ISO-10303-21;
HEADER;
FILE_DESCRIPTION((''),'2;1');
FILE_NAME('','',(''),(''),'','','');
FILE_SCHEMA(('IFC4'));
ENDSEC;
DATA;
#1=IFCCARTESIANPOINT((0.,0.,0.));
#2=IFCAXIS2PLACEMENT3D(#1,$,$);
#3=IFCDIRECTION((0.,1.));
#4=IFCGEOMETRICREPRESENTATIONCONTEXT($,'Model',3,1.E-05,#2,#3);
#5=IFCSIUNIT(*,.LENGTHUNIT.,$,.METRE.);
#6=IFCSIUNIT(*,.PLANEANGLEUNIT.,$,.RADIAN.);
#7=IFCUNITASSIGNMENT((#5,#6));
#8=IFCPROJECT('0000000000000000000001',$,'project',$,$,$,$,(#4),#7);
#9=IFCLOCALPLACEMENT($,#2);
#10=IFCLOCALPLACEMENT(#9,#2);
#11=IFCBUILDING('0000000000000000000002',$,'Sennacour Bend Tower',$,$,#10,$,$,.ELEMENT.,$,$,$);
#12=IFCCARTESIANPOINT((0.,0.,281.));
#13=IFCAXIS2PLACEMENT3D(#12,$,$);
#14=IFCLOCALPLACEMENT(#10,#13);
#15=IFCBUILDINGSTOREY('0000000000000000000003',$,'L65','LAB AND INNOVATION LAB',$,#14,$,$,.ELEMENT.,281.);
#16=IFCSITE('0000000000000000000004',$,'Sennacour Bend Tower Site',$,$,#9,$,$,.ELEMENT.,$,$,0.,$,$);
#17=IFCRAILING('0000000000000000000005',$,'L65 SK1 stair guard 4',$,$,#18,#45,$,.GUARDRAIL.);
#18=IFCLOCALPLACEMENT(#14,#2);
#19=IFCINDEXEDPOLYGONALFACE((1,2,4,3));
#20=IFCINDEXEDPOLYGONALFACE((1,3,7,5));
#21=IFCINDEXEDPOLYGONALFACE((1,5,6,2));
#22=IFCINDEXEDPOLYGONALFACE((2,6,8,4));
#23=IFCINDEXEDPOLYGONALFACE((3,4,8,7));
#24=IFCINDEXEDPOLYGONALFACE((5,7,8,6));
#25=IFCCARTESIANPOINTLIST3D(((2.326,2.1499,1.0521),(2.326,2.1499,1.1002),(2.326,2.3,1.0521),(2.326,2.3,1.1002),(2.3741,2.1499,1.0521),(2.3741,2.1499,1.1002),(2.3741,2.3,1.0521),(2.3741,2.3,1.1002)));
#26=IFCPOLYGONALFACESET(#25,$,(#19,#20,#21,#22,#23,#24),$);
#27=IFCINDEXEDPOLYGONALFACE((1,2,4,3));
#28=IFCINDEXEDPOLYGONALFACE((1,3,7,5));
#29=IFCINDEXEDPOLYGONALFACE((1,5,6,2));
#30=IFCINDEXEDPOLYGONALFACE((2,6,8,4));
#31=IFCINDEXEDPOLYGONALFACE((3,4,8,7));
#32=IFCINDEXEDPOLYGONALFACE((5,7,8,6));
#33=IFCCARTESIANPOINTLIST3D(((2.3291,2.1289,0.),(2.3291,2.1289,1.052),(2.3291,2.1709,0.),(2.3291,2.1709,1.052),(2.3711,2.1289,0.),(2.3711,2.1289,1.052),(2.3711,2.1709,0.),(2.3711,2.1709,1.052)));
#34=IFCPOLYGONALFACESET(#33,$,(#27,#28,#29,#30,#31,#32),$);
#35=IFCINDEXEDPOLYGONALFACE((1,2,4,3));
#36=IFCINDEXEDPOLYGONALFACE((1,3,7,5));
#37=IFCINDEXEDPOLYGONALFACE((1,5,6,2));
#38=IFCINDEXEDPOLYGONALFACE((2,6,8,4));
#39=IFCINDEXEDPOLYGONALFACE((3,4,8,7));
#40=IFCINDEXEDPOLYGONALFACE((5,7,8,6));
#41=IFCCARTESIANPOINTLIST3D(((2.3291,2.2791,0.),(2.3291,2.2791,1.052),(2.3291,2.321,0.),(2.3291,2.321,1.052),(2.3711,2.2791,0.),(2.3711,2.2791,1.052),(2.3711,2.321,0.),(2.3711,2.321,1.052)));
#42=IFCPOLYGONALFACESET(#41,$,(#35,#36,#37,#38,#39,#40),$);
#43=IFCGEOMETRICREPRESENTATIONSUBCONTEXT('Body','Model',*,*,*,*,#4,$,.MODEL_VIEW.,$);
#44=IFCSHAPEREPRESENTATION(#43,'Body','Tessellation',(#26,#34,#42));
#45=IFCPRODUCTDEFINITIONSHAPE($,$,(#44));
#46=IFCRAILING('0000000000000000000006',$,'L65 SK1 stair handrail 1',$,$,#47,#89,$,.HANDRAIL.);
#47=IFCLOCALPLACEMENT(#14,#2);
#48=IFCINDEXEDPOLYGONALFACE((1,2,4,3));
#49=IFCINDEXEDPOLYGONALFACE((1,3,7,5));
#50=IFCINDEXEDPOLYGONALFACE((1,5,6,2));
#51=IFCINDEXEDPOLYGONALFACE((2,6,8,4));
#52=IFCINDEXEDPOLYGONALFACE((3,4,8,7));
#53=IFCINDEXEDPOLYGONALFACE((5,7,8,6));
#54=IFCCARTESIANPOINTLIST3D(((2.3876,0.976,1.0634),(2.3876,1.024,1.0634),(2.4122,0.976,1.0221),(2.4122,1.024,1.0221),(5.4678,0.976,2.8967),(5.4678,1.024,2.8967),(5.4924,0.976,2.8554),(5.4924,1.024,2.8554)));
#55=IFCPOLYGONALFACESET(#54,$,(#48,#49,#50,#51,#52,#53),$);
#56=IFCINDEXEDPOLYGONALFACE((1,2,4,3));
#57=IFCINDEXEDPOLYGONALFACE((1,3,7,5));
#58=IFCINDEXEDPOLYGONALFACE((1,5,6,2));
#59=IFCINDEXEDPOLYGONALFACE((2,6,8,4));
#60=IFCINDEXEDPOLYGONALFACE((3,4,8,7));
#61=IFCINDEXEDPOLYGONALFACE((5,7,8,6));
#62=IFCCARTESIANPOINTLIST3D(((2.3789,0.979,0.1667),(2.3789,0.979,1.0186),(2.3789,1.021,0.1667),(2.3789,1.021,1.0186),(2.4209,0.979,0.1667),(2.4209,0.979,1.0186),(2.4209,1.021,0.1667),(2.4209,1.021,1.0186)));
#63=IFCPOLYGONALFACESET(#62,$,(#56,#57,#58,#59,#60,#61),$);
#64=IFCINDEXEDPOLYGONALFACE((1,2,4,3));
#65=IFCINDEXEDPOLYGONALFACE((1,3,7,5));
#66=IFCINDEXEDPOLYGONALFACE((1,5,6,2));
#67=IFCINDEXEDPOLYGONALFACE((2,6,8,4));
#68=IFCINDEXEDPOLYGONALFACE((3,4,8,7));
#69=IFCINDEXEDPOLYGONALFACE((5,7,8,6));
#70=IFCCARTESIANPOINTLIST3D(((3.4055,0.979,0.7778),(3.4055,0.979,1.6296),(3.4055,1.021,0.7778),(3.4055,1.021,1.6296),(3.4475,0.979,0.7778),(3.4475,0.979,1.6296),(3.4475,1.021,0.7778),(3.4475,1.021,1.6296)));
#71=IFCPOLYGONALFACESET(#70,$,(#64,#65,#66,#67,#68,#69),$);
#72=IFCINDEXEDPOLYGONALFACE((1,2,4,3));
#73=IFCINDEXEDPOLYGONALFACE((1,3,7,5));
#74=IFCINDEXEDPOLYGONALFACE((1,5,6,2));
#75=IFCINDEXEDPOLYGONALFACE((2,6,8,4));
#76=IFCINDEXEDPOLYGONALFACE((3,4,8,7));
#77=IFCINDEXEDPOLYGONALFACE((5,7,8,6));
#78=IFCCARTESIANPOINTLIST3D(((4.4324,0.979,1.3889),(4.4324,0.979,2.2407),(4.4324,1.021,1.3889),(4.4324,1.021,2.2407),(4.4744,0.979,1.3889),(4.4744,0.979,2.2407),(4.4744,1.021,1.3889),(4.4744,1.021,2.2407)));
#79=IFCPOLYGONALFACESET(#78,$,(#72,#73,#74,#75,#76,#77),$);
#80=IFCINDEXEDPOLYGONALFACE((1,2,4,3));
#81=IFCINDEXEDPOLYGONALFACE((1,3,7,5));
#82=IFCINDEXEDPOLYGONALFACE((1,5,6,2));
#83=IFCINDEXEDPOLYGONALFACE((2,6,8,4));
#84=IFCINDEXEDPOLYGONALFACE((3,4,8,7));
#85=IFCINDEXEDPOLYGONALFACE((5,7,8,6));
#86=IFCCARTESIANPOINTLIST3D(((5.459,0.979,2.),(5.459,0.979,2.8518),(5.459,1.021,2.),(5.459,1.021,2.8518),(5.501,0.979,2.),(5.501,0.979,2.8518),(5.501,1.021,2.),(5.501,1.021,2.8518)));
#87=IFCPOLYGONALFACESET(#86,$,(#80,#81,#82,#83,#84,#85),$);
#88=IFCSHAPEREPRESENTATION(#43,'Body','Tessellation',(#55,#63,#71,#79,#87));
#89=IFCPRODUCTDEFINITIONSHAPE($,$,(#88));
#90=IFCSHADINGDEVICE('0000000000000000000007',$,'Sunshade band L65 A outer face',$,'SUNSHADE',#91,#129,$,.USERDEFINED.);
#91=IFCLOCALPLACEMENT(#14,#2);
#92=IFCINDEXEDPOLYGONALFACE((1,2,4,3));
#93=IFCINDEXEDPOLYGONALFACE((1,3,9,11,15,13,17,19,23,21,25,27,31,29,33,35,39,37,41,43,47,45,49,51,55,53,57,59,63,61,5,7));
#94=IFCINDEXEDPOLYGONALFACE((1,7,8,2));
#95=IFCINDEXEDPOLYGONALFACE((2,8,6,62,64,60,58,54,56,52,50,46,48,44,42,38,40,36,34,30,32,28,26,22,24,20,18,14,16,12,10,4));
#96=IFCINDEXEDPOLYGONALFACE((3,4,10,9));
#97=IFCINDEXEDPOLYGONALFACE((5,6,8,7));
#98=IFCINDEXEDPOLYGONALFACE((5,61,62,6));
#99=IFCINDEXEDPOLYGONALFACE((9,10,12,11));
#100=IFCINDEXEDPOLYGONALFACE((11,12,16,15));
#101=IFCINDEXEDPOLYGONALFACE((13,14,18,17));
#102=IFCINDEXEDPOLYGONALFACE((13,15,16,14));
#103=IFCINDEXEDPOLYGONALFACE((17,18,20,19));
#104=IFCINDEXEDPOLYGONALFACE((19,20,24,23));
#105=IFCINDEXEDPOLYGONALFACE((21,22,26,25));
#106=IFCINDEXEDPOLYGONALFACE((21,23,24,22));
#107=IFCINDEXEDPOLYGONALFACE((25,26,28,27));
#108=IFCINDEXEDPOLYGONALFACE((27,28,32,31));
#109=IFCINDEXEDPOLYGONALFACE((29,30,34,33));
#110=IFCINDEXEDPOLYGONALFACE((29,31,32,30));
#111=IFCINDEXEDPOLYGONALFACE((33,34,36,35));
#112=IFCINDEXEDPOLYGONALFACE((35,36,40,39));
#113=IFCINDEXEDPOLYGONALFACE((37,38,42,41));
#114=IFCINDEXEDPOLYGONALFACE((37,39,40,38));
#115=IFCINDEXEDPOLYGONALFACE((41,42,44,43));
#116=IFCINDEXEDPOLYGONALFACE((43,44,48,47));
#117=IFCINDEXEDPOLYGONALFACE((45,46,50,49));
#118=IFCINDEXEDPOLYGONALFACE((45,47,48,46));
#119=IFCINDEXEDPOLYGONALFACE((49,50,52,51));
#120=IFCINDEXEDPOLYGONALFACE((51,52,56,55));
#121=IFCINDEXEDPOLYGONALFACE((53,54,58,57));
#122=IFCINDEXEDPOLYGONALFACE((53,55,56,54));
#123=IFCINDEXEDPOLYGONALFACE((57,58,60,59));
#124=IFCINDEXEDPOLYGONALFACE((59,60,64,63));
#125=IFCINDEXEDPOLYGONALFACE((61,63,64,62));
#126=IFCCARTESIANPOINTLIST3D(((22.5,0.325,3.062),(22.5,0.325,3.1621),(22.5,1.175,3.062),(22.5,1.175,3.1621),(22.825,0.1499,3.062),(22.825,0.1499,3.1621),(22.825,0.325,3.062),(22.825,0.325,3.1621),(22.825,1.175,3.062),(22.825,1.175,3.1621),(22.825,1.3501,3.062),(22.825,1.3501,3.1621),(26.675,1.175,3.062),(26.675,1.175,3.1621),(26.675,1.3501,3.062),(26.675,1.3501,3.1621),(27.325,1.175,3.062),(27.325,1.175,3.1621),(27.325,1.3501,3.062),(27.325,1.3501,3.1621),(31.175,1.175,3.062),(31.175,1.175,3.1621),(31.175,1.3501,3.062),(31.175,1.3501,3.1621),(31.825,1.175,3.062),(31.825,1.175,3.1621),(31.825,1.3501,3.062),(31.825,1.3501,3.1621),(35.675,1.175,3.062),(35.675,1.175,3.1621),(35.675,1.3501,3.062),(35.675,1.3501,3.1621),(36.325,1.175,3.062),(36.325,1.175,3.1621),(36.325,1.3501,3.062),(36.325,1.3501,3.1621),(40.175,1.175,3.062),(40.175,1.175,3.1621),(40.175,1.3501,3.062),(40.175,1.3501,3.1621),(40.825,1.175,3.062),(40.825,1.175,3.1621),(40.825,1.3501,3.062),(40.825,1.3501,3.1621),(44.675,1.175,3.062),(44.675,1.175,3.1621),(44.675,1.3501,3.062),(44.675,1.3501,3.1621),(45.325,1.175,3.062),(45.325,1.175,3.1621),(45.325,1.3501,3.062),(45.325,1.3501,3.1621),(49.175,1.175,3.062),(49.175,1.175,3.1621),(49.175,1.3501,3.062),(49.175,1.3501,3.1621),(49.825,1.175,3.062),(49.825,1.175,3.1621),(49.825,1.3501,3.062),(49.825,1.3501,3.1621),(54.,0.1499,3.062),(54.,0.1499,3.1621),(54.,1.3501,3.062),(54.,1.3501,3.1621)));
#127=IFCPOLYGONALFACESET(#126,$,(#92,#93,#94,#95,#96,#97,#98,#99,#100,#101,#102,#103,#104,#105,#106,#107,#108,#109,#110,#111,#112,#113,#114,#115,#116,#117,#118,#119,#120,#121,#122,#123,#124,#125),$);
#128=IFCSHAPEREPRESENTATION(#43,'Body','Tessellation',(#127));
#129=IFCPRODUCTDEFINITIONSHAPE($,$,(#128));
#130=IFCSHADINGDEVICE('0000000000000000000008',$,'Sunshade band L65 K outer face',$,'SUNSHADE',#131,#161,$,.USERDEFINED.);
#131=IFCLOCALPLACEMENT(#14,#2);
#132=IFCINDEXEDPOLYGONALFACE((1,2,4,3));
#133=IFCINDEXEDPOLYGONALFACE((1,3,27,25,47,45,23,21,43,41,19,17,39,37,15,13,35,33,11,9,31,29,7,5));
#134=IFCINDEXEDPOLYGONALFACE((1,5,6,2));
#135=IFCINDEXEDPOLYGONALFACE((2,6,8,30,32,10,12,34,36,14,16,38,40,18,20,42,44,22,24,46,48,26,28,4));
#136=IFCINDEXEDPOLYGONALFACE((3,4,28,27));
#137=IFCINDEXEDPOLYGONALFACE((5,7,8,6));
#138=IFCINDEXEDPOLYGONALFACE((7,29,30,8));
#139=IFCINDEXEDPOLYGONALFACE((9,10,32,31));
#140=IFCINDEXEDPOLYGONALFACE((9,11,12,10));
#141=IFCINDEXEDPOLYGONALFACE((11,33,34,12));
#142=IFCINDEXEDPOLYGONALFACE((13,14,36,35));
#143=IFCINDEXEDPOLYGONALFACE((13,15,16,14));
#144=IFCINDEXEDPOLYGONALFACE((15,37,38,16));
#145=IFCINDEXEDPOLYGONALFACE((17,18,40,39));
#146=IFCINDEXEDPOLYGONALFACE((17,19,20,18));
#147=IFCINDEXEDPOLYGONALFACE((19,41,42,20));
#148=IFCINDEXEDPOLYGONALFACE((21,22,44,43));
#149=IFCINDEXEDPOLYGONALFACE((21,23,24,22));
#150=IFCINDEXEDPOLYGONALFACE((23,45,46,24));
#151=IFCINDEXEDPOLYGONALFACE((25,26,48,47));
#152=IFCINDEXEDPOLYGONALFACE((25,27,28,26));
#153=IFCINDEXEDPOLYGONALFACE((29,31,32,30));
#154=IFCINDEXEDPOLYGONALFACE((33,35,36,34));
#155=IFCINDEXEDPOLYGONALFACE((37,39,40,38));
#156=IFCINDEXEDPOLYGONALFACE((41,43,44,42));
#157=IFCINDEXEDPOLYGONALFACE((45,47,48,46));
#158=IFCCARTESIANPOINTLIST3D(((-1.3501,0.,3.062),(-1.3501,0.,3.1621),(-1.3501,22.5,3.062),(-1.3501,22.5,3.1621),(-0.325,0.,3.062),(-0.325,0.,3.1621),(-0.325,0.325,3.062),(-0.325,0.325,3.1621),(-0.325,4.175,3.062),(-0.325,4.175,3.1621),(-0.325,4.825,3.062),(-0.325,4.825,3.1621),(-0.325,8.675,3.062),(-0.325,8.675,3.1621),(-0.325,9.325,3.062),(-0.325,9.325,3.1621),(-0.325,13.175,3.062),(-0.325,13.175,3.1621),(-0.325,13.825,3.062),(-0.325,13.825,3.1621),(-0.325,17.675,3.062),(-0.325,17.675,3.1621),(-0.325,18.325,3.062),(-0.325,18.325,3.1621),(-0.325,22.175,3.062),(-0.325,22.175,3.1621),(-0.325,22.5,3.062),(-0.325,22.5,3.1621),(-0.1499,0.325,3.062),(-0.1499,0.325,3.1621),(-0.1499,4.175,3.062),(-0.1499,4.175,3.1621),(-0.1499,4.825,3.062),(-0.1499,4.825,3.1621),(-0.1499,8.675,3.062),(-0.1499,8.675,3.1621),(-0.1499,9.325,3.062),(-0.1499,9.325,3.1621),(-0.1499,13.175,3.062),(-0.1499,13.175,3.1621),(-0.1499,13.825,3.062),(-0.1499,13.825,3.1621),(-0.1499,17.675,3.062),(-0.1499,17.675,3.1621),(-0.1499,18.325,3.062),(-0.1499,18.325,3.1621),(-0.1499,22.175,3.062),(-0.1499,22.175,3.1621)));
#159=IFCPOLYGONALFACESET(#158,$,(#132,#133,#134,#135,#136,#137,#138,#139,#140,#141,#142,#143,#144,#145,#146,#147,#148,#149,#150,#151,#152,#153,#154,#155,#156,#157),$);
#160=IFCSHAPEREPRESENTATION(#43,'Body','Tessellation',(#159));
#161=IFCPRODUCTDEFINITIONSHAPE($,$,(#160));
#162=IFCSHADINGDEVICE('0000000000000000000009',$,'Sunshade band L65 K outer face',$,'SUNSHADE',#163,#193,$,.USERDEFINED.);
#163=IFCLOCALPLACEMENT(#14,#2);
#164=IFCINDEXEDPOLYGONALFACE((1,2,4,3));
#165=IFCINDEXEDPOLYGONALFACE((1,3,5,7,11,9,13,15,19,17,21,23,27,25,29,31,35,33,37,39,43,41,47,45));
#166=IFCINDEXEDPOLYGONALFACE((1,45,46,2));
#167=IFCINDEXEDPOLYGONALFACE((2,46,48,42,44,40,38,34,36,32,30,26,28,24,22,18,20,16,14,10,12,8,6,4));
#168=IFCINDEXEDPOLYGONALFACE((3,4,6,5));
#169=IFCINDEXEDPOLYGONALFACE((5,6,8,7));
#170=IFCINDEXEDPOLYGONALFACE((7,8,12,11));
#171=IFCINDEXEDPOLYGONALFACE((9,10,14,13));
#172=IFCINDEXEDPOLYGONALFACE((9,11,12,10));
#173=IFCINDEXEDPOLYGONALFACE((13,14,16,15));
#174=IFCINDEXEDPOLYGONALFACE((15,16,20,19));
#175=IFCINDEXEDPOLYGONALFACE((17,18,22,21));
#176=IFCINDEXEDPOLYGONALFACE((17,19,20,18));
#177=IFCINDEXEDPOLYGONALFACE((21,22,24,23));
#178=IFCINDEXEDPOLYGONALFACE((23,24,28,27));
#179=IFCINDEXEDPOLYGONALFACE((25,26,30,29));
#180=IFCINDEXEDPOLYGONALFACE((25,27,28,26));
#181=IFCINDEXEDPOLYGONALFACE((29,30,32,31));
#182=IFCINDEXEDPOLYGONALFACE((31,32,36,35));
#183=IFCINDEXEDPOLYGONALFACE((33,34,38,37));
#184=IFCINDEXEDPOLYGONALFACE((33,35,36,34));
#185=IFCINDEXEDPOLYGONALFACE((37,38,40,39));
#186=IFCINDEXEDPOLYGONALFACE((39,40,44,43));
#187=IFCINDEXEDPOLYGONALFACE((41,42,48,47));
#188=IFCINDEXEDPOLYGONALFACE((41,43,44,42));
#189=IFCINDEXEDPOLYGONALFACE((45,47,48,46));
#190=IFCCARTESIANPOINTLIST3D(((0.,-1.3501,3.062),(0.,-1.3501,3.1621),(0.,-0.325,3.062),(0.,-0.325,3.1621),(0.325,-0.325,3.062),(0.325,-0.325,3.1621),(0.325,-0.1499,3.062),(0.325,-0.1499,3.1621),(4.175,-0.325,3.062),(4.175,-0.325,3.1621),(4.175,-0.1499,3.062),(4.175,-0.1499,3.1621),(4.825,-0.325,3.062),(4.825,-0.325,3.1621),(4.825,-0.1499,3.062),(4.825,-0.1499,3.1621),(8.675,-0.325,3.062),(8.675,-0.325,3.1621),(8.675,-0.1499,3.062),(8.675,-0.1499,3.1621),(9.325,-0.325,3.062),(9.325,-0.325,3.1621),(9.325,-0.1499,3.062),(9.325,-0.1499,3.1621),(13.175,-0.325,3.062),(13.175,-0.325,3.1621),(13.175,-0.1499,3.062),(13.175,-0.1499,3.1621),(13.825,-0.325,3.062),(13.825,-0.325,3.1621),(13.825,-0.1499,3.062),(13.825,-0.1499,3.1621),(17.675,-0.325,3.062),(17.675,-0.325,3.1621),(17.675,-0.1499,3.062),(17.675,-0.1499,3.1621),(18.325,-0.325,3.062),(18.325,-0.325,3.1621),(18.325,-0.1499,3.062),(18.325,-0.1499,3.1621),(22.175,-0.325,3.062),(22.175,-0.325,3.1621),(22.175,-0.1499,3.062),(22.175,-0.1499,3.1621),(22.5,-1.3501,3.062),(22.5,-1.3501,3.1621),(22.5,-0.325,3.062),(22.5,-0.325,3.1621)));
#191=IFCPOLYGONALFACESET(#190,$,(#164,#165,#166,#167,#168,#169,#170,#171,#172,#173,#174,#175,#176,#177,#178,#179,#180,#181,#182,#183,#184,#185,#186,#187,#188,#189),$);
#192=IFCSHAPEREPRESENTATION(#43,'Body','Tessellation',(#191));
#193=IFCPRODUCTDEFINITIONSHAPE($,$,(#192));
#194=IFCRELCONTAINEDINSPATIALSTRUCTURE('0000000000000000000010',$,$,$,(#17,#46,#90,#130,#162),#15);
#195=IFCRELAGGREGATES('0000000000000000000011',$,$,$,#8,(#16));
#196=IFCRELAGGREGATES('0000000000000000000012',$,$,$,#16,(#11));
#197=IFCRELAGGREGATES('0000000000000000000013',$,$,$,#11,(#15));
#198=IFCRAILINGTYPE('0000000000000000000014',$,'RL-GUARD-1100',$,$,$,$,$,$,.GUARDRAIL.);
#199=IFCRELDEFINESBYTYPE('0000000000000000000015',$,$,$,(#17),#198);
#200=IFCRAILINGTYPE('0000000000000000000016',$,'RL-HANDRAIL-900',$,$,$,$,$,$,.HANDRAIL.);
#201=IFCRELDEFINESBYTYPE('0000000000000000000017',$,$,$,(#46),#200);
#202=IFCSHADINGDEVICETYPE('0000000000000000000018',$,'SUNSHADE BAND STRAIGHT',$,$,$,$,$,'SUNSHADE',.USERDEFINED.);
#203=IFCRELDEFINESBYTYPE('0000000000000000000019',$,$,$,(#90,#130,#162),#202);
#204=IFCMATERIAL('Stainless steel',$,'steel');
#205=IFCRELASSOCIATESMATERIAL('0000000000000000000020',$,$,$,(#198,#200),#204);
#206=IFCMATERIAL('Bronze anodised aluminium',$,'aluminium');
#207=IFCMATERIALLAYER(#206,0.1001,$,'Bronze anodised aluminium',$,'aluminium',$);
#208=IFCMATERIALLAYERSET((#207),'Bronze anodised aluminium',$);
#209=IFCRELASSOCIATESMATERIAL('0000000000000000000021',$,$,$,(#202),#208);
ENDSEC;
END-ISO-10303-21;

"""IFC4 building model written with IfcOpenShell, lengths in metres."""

from ifc_helpers import new_model, si_unit, direction, frame, origin, origin_2d, place, context, subcontext, project, spatial, polyline, rectangle, outline, extrude, material, layer, layer_set, type_object, element, save


model = new_model("IFC4")

# Units and contexts
model_context = context("Model", 3, precision=1e-05, world=origin(), true_north=direction((0.0, 1.0)))
body_context = subcontext(model_context, "Body", "Model", "MODEL_VIEW")
ifc_project = project(units=[si_unit("LENGTHUNIT", "METRE"), si_unit("PLANEANGLEUNIT", "RADIAN")], contexts=[model_context])

# Site, building, storey
site_placement = place(None, origin())
site = spatial("IfcSite", under=ifc_project, at=site_placement, Name="Sennacour Bend Tower Site", CompositionType="ELEMENT", RefElevation=0.0)
building_placement = place(site_placement, origin())
building = spatial("IfcBuilding", under=site, at=building_placement, Name="Sennacour Bend Tower", CompositionType="ELEMENT")
storey_placement = place(building_placement, frame((0.0, 0.0, 281.0)))
storey = spatial("IfcBuildingStorey", under=building, at=storey_placement, Name="L65", Description="LAB AND INNOVATION LAB", CompositionType="ELEMENT", Elevation=281.0)

# Railings
ifc_material_1 = material(Name="Stainless steel", Category="steel")
railing_type_1 = type_object("IfcRailingType", Name="RL-GUARD-1100", PredefinedType="GUARDRAIL", material=ifc_material_1)
railing_1_placement = place(storey_placement, frame((2.3501, 2.1499, 0.0)))
element("IfcRailing", 1, at=railing_1_placement, inside=storey, type_object=railing_type_1, Name="L65 SK1 stair guard 4", PredefinedType="GUARDRAIL", context=body_context, shape_type="SweptSolid", body=[
    extrude(rectangle(XDim=0.0481, YDim=0.0481, at=origin_2d()), frame((0.0, 0.0, 1.0762), z_axis=(0.0, 1.0, 0.0), x_axis=(-1.0, 0.0, 0.0)), (0.0, 0.0, 1.0), 0.1501),
    extrude(rectangle(XDim=0.042, YDim=0.042, at=origin_2d()), origin(), (0.0, 0.0, 1.0), 1.052),
    extrude(rectangle(XDim=0.042, YDim=0.042, at=origin_2d()), frame((0.0, 0.1501, 0.0)), (0.0, 0.0, 1.0), 1.052),
])
railing_type_2 = type_object("IfcRailingType", Name="RL-HANDRAIL-900", PredefinedType="HANDRAIL", material=ifc_material_1)
railing_2_placement = place(storey_placement, frame((2.3999, 1.0, 0.1667)))
element("IfcRailing", 2, at=railing_2_placement, inside=storey, type_object=railing_type_2, Name="L65 SK1 stair handrail 1", PredefinedType="HANDRAIL", context=body_context, shape_type="SweptSolid", body=[
    extrude(rectangle(XDim=0.0481, YDim=0.0481, at=origin_2d()), frame((0.0, 0.0, 0.876), z_axis=(0.859309, 0.0, 0.511458), x_axis=(0.0, 1.0, 0.0)), (0.0, 0.0, 1.0), 3.5845),
    extrude(rectangle(XDim=0.042, YDim=0.042, at=origin_2d()), origin(), (0.0, 0.0, 1.0), 0.8518),
    extrude(rectangle(XDim=0.042, YDim=0.042, at=origin_2d()), frame((1.0266, 0.0, 0.6111)), (0.0, 0.0, 1.0), 0.8518),
    extrude(rectangle(XDim=0.042, YDim=0.042, at=origin_2d()), frame((2.0535, 0.0, 1.2222)), (0.0, 0.0, 1.0), 0.8518),
    extrude(rectangle(XDim=0.042, YDim=0.042, at=origin_2d()), frame((3.0801, 0.0, 1.8333)), (0.0, 0.0, 1.0), 0.8518),
])

# Shading devices
ifc_material_2 = material(Name="Bronze anodised aluminium", Category="aluminium")
ifc_layer_1 = layer(ifc_material_2, 0.1001, Name="Bronze anodised aluminium", Category="aluminium")
ifc_layer_set_1 = layer_set([ifc_layer_1], Name="Bronze anodised aluminium")
shading_device_type_1 = type_object("IfcShadingDeviceType", Name="SUNSHADE BAND STRAIGHT", ElementType="SUNSHADE", PredefinedType="USERDEFINED", material=ifc_layer_set_1)
shading_device_1_placement = place(storey_placement, frame((0.0, 0.0, 3.062)))
element("IfcShadingDevice", 3, at=shading_device_1_placement, inside=storey, type_object=shading_device_type_1, Name="Sunshade band L65 A outer face", ObjectType="SUNSHADE", PredefinedType="USERDEFINED", context=body_context, shape_type="SweptSolid", body=[
    extrude(outline(polyline([(26.675, 1.3501), (26.675, 1.175), (27.325, 1.175), (27.325, 1.3501), (31.175, 1.3501), (31.175, 1.175), (31.825, 1.175), (31.825, 1.3501), (35.675, 1.3501), (35.675, 1.175), (36.325, 1.175), (36.325, 1.3501), (40.175, 1.3501), (40.175, 1.175), (40.825, 1.175), (40.825, 1.3501), (44.675, 1.3501), (44.675, 1.175), (45.325, 1.175), (45.325, 1.3501), (49.175, 1.3501), (49.175, 1.175), (49.825, 1.175), (49.825, 1.3501), (54.0, 1.3501), (54.0, 0.1499), (22.825, 0.1499), (22.825, 0.325), (22.5, 0.325), (22.5, 1.175), (22.825, 1.175), (22.825, 1.3501), (26.675, 1.3501)])), origin(), (0.0, 0.0, 1.0), 0.1001),
])
shading_device_2_placement = place(storey_placement, frame((0.0, 0.0, 3.062)))
element("IfcShadingDevice", 4, at=shading_device_2_placement, inside=storey, type_object=shading_device_type_1, Name="Sunshade band L65 K outer face", ObjectType="SUNSHADE", PredefinedType="USERDEFINED", context=body_context, shape_type="SweptSolid", body=[
    extrude(outline(polyline([(-0.1499, 18.325), (-0.325, 18.325), (-0.325, 17.675), (-0.1499, 17.675), (-0.1499, 13.825), (-0.325, 13.825), (-0.325, 13.175), (-0.1499, 13.175), (-0.1499, 9.325), (-0.325, 9.325), (-0.325, 8.675), (-0.1499, 8.675), (-0.1499, 4.825), (-0.325, 4.825), (-0.325, 4.175), (-0.1499, 4.175), (-0.1499, 0.325), (-0.325, 0.325), (-0.325, 0.0), (-1.3501, 0.0), (-1.3501, 22.5), (-0.325, 22.5), (-0.325, 22.175), (-0.1499, 22.175), (-0.1499, 18.325)])), origin(), (0.0, 0.0, 1.0), 0.1001),
])
shading_device_3_placement = place(storey_placement, frame((0.0, 0.0, 3.062)))
element("IfcShadingDevice", 5, at=shading_device_3_placement, inside=storey, type_object=shading_device_type_1, Name="Sunshade band L65 K outer face", ObjectType="SUNSHADE", PredefinedType="USERDEFINED", context=body_context, shape_type="SweptSolid", body=[
    extrude(outline(polyline([(4.175, -0.1499), (4.175, -0.325), (4.825, -0.325), (4.825, -0.1499), (8.675, -0.1499), (8.675, -0.325), (9.325, -0.325), (9.325, -0.1499), (13.175, -0.1499), (13.175, -0.325), (13.825, -0.325), (13.825, -0.1499), (17.675, -0.1499), (17.675, -0.325), (18.325, -0.325), (18.325, -0.1499), (22.175, -0.1499), (22.175, -0.325), (22.5, -0.325), (22.5, -1.3501), (0.0, -1.3501), (0.0, -0.325), (0.325, -0.325), (0.325, -0.1499), (4.175, -0.1499)])), origin(), (0.0, 0.0, 1.0), 0.1001),
])

save(model, "model.ifc")
